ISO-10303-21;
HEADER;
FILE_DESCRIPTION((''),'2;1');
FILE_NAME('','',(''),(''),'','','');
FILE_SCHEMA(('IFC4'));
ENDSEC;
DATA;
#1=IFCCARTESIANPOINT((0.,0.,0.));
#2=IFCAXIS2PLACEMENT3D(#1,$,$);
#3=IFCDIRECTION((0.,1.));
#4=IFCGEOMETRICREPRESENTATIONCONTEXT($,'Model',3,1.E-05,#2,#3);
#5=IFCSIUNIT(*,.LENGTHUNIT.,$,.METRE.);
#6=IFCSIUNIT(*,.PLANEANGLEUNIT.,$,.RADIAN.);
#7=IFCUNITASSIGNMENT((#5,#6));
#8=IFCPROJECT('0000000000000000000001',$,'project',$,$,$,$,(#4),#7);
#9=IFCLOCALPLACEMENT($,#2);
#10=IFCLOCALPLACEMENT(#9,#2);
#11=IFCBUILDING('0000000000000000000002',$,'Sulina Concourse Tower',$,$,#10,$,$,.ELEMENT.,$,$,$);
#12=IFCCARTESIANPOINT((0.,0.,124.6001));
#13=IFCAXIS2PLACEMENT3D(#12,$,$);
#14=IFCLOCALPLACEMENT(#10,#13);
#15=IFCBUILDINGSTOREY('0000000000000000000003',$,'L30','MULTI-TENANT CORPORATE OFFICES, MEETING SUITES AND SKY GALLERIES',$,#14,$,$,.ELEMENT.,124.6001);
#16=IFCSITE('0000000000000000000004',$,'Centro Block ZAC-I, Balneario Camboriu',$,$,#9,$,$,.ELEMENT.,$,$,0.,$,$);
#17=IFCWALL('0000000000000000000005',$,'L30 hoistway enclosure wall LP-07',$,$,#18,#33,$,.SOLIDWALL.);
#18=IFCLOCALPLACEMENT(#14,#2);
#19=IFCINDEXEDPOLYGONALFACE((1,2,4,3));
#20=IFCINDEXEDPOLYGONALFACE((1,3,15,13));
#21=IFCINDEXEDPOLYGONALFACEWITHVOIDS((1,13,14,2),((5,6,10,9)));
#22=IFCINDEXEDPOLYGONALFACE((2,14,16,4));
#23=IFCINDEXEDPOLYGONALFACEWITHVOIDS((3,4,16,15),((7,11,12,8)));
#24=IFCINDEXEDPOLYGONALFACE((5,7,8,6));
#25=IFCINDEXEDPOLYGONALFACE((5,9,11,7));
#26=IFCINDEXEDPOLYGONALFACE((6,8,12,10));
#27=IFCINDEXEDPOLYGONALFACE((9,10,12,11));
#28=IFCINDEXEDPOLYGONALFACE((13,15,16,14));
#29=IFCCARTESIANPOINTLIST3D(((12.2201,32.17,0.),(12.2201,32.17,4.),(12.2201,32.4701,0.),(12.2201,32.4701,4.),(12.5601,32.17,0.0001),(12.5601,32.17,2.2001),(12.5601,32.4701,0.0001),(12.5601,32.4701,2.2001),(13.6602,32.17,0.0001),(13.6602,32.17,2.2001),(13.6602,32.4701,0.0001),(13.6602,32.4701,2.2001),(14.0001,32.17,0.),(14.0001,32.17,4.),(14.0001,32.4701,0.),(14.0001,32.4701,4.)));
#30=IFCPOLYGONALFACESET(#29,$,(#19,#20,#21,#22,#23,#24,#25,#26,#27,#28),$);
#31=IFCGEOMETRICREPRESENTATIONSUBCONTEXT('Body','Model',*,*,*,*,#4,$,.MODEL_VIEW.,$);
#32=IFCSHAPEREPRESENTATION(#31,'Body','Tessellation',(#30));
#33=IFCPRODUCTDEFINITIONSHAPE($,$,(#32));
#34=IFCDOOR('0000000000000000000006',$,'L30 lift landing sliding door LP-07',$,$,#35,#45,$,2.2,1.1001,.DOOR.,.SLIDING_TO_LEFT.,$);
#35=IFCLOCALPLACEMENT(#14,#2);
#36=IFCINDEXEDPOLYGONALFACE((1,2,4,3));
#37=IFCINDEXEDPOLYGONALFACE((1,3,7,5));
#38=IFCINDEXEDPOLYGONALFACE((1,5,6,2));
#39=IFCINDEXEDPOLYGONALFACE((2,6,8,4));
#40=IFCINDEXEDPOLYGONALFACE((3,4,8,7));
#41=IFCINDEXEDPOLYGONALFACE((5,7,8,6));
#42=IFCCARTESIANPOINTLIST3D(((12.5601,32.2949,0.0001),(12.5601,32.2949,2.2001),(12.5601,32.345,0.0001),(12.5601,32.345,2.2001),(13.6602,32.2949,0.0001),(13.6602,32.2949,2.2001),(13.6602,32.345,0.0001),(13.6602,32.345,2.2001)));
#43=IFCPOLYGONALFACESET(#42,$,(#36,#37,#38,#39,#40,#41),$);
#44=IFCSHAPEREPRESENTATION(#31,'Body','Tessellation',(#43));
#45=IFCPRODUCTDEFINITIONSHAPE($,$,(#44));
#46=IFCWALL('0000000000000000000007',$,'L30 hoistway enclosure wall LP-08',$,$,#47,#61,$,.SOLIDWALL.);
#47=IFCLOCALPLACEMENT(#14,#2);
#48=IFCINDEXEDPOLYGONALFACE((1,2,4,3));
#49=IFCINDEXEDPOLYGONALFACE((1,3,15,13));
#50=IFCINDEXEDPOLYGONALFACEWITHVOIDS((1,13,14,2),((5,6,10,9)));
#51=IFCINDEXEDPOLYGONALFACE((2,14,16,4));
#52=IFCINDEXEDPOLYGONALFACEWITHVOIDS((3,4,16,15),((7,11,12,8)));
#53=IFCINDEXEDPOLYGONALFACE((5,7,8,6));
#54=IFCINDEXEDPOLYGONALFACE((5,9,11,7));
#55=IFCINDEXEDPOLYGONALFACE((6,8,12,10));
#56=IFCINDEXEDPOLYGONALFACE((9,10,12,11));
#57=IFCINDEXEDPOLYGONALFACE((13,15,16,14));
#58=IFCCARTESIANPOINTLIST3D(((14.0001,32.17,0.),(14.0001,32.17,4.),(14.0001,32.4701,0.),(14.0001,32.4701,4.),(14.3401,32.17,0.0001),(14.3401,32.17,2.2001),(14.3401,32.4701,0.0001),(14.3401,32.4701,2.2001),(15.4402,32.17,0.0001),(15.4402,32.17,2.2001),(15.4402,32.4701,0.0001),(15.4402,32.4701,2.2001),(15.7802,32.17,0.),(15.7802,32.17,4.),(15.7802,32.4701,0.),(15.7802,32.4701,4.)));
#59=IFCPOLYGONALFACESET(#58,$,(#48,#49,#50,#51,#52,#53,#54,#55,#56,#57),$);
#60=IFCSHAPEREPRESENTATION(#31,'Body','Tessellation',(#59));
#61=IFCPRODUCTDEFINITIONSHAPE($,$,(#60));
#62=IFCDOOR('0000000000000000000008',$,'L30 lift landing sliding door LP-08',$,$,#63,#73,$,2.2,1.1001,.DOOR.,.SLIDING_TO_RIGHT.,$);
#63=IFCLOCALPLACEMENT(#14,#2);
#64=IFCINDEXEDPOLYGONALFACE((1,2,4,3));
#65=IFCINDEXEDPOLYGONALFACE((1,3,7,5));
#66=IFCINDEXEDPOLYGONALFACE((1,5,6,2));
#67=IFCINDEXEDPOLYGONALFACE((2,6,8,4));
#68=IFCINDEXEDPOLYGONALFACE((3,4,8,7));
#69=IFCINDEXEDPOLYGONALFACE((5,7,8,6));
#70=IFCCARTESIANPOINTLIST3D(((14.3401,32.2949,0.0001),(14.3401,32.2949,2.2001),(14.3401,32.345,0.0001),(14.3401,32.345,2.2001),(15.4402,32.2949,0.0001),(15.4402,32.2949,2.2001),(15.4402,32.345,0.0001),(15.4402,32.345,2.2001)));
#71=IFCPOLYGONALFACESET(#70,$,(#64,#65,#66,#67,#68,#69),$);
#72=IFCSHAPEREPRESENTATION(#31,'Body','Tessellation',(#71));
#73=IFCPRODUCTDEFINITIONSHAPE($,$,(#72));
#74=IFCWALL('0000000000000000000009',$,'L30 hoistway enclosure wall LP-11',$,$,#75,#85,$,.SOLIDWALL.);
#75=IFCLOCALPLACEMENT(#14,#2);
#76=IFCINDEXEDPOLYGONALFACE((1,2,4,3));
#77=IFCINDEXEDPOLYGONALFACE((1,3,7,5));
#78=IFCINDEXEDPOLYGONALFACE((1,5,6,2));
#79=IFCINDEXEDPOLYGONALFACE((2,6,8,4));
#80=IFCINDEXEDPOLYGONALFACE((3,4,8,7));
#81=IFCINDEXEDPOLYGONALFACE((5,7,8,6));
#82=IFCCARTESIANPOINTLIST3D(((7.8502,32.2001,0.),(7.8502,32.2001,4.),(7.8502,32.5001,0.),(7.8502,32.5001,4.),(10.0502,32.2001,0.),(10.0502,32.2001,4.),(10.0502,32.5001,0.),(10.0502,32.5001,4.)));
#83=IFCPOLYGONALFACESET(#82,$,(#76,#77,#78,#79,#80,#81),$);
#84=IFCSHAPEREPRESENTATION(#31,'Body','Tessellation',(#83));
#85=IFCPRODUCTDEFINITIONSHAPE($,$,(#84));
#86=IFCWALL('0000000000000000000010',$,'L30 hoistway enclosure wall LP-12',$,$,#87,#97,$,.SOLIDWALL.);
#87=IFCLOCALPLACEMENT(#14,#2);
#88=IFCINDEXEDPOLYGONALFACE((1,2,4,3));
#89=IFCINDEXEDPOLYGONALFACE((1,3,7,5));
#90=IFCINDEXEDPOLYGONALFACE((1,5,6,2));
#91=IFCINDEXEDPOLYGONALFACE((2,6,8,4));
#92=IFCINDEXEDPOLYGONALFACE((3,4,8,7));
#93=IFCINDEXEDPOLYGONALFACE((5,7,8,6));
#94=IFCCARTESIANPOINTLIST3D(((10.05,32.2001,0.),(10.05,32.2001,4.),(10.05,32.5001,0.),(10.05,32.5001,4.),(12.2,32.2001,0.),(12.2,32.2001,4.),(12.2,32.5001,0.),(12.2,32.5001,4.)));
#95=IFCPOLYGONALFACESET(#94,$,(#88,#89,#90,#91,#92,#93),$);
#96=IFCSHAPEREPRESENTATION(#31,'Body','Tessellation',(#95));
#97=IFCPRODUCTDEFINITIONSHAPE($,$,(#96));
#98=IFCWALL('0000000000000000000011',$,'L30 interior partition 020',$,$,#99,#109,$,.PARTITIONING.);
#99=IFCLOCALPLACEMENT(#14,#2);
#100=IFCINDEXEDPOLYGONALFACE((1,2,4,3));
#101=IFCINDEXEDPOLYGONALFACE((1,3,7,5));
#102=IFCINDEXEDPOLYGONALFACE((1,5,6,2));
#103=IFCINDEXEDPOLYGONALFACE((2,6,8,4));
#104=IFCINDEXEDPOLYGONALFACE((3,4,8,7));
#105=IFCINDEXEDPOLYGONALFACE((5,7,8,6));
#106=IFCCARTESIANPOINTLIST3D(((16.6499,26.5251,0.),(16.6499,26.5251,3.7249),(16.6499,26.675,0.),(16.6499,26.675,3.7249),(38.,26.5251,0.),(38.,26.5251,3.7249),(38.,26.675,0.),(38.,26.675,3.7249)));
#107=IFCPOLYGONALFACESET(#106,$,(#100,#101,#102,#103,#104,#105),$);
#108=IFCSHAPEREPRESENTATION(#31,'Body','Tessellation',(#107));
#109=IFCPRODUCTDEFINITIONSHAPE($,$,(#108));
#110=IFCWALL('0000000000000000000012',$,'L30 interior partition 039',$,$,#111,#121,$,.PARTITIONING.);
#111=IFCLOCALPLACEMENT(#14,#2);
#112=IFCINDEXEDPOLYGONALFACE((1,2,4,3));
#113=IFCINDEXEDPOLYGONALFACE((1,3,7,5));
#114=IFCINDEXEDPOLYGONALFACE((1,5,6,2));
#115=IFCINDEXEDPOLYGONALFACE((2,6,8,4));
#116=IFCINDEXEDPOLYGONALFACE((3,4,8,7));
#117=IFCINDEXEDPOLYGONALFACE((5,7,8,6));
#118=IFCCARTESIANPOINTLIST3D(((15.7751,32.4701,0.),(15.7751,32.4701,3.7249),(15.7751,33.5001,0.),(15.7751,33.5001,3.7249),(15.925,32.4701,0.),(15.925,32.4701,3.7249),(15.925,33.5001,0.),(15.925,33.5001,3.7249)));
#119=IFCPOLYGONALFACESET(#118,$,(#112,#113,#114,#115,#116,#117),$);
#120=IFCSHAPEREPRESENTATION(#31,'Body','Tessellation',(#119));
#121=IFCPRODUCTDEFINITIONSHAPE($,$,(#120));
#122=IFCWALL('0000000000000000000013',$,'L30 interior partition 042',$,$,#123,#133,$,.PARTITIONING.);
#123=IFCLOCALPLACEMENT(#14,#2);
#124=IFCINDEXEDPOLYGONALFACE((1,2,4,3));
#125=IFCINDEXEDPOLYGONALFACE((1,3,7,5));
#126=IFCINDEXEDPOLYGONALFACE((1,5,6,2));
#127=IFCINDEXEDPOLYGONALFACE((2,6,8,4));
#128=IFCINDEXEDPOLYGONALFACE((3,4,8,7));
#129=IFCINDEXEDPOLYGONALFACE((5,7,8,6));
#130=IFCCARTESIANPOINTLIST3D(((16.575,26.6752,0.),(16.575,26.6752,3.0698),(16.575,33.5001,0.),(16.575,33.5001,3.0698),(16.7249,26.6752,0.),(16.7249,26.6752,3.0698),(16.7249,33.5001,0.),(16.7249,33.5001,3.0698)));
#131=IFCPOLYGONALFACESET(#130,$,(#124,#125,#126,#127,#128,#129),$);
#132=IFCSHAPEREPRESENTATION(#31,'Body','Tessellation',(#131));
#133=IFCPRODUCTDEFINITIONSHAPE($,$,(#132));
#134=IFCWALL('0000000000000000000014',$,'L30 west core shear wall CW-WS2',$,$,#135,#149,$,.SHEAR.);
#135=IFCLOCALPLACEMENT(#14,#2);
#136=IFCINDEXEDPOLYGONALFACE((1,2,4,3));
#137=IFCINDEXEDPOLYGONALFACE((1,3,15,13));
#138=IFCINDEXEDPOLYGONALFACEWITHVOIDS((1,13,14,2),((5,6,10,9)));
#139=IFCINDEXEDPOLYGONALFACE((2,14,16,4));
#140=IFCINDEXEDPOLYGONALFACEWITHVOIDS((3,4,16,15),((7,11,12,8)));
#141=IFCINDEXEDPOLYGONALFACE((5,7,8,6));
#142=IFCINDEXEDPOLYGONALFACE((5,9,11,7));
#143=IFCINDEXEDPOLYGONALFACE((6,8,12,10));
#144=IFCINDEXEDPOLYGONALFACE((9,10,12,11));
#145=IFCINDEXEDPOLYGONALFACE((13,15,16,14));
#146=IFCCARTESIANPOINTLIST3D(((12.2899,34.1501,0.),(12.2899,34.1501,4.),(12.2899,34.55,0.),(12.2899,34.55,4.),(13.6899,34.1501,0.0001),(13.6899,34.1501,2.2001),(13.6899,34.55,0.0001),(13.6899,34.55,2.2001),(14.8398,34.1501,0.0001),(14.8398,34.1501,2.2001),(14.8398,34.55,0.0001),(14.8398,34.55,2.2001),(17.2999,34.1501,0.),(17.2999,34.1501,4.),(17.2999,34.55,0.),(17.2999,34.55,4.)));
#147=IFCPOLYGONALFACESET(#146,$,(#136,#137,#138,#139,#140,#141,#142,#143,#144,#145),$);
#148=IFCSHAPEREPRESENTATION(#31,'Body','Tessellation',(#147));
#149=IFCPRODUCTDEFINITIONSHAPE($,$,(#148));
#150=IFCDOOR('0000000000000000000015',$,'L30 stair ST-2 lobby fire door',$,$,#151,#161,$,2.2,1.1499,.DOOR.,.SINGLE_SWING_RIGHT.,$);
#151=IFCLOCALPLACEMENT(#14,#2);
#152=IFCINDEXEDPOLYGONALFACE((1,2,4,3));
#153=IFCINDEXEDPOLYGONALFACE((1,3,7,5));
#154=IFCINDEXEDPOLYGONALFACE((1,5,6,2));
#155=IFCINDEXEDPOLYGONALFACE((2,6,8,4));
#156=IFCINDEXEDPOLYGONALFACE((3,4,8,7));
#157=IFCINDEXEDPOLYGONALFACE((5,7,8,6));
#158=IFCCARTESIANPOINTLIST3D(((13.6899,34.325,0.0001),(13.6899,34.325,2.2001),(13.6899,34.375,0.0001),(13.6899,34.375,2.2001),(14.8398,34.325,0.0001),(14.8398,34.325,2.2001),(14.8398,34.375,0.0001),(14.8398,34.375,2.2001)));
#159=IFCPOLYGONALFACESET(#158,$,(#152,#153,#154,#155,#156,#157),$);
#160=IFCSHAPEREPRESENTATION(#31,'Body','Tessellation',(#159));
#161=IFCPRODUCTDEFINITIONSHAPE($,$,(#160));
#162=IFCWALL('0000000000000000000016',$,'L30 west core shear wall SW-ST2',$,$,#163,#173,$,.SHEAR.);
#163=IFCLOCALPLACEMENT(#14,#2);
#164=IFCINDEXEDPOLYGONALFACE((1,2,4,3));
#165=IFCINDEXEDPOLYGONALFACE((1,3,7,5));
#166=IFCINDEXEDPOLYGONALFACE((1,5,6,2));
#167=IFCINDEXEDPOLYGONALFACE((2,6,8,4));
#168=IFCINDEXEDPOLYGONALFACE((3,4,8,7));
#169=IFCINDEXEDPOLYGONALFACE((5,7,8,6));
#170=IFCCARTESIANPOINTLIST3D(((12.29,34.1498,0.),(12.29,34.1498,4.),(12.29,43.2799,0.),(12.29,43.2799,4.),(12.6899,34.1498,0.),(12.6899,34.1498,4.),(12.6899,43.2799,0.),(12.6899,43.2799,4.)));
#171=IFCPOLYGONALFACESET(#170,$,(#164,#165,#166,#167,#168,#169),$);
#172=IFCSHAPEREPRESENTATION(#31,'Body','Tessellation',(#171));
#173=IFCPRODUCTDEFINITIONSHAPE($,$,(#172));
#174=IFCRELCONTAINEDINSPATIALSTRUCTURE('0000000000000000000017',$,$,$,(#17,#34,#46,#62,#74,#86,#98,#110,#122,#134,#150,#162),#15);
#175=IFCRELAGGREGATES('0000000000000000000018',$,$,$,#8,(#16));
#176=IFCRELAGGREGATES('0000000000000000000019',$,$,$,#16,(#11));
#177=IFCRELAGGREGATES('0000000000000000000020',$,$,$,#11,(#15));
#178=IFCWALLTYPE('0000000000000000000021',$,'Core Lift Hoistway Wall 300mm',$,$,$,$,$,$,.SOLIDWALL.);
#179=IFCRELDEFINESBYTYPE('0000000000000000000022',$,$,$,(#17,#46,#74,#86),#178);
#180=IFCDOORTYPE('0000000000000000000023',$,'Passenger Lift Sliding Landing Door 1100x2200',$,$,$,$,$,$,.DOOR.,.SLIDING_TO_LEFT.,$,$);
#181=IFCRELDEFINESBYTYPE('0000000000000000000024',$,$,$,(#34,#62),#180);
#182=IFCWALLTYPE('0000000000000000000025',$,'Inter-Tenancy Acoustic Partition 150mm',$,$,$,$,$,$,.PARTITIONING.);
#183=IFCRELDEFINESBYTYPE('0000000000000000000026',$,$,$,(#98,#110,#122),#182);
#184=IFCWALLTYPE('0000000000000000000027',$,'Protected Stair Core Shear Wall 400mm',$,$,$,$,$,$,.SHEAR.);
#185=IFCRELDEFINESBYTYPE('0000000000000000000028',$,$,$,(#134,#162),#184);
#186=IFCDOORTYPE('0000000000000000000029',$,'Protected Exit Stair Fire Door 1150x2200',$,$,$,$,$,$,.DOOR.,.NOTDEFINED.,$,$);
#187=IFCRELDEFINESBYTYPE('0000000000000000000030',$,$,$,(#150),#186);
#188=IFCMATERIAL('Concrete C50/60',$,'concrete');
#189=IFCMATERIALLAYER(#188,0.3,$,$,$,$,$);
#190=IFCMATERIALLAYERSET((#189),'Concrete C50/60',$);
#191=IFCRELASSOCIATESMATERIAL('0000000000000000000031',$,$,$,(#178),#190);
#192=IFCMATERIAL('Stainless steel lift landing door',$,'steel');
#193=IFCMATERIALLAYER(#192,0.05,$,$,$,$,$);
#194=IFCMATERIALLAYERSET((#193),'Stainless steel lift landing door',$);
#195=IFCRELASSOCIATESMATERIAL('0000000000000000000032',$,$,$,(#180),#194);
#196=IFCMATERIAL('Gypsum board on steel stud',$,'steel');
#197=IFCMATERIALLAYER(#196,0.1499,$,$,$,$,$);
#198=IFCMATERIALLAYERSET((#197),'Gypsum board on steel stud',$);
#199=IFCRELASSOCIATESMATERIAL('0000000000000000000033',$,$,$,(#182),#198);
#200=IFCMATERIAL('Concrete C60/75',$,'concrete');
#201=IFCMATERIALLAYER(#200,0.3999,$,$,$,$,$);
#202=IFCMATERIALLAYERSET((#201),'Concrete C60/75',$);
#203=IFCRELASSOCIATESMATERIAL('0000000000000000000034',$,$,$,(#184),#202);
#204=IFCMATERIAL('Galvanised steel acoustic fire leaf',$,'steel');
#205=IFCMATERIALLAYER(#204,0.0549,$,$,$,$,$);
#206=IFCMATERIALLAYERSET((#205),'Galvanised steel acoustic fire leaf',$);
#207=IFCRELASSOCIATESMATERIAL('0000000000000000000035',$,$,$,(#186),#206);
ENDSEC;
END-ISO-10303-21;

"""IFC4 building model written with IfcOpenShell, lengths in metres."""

from ifc_helpers import new_model, si_unit, direction, frame, frame_2d, origin, place, context, subcontext, project, spatial, rectangle, extrude, material, layer, layer_set, type_object, element, fill, save


model = new_model("IFC4")

# Units and contexts
model_context = context("Model", 3, precision=1e-05, world=origin(), true_north=direction((0.0, 1.0)))
body_context = subcontext(model_context, "Body", "Model", "MODEL_VIEW")
ifc_project = project(units=[si_unit("LENGTHUNIT", "METRE"), si_unit("PLANEANGLEUNIT", "RADIAN")], contexts=[model_context])

# Site, building, storey
site_placement = place(None, origin())
site = spatial("IfcSite", under=ifc_project, at=site_placement, Name="Centro Block ZAC-I, Balneario Camboriu", CompositionType="ELEMENT", RefElevation=0.0)
building_placement = place(site_placement, origin())
building = spatial("IfcBuilding", under=site, at=building_placement, Name="Sulina Concourse Tower", CompositionType="ELEMENT")
storey_placement = place(building_placement, frame((0.0, 0.0, 124.6001)))
storey = spatial("IfcBuildingStorey", under=building, at=storey_placement, Name="L30", Description="MULTI-TENANT CORPORATE OFFICES, MEETING SUITES AND SKY GALLERIES", CompositionType="ELEMENT", Elevation=124.6001)

# Walls, openings, doors
ifc_material_1 = material(Name="Concrete C50/60", Category="concrete")
ifc_layer_1 = layer(ifc_material_1, 0.3)
ifc_layer_set_1 = layer_set([ifc_layer_1], Name="Concrete C50/60")
wall_type_1 = type_object("IfcWallType", Name="Core Lift Hoistway Wall 300mm", PredefinedType="SOLIDWALL", material=ifc_layer_set_1)
ifc_material_2 = material(Name="Stainless steel lift landing door", Category="steel")
ifc_layer_2 = layer(ifc_material_2, 0.05)
ifc_layer_set_2 = layer_set([ifc_layer_2], Name="Stainless steel lift landing door")
door_type_1 = type_object("IfcDoorType", Name="Passenger Lift Sliding Landing Door 1100x2200", OperationType="SLIDING_TO_LEFT", PredefinedType="DOOR", material=ifc_layer_set_2)
wall_1_placement = place(storey_placement, frame((12.22, 32.3201, 0.0), z_axis=(0.0, 0.0, 1.0), x_axis=(1.0, 0.0, 0.0)))
wall_1 = element("IfcWall", 1, at=wall_1_placement, inside=storey, type_object=wall_type_1, Name="L30 hoistway enclosure wall LP-07", PredefinedType="SOLIDWALL", context=body_context, shape_type="SweptSolid", body=[
    extrude(rectangle(XDim=1.78, YDim=0.3, at=frame_2d((0.8901, 0.0))), origin(), (0.0, 0.0, 1.0), 4.0),
])
opening_1_placement = place(wall_1_placement, frame((0.3401, 0.0, 0.0)))
opening_1 = element("IfcOpeningElement", 2, at=opening_1_placement, cuts=wall_1, PredefinedType="OPENING", context=body_context, shape_type="SweptSolid", body=[
    extrude(rectangle(XDim=1.1001, YDim=2.2, at=frame_2d((0.55, 1.1001))), frame((0.0, 0.1599, 0.0), z_axis=(0.0, -1.0, 0.0), x_axis=(1.0, 0.0, 0.0)), (0.0, 0.0, 1.0), 0.3201),
])
door_1_placement = place(opening_1_placement, origin())
door_1 = element("IfcDoor", 3, at=door_1_placement, inside=storey, type_object=door_type_1, Name="L30 lift landing sliding door LP-07", OperationType="SLIDING_TO_LEFT", OverallHeight=2.2, OverallWidth=1.1001, PredefinedType="DOOR", context=body_context, shape_type="SweptSolid", body=[
    extrude(rectangle(XDim=1.1001, YDim=2.2, at=frame_2d((0.55, 1.1001))), frame((0.0, 0.0249, 0.0), z_axis=(0.0, -1.0, 0.0), x_axis=(1.0, 0.0, 0.0)), (0.0, 0.0, 1.0), 0.05),
])
fill(opening_1, door_1)
wall_2_placement = place(storey_placement, frame((14.0, 32.3201, 0.0), z_axis=(0.0, 0.0, 1.0), x_axis=(1.0, 0.0, 0.0)))
wall_2 = element("IfcWall", 4, at=wall_2_placement, inside=storey, type_object=wall_type_1, Name="L30 hoistway enclosure wall LP-08", PredefinedType="SOLIDWALL", context=body_context, shape_type="SweptSolid", body=[
    extrude(rectangle(XDim=1.78, YDim=0.3, at=frame_2d((0.8901, 0.0))), origin(), (0.0, 0.0, 1.0), 4.0),
])
opening_2_placement = place(wall_2_placement, frame((0.3401, 0.0, 0.0)))
opening_2 = element("IfcOpeningElement", 5, at=opening_2_placement, cuts=wall_2, PredefinedType="OPENING", context=body_context, shape_type="SweptSolid", body=[
    extrude(rectangle(XDim=1.1001, YDim=2.2, at=frame_2d((0.55, 1.1001))), frame((0.0, 0.1599, 0.0), z_axis=(0.0, -1.0, 0.0), x_axis=(1.0, 0.0, 0.0)), (0.0, 0.0, 1.0), 0.3201),
])
door_2_placement = place(opening_2_placement, origin())
door_2 = element("IfcDoor", 6, at=door_2_placement, inside=storey, type_object=door_type_1, Name="L30 lift landing sliding door LP-08", OperationType="SLIDING_TO_RIGHT", OverallHeight=2.2, OverallWidth=1.1001, PredefinedType="DOOR", context=body_context, shape_type="SweptSolid", body=[
    extrude(rectangle(XDim=1.1001, YDim=2.2, at=frame_2d((0.55, 1.1001))), frame((0.0, 0.0249, 0.0), z_axis=(0.0, -1.0, 0.0), x_axis=(1.0, 0.0, 0.0)), (0.0, 0.0, 1.0), 0.05),
])
fill(opening_2, door_2)

# Walls
wall_3_placement = place(storey_placement, frame((7.8501, 32.3501, 0.0), z_axis=(0.0, 0.0, 1.0), x_axis=(1.0, 0.0, 0.0)))
element("IfcWall", 7, at=wall_3_placement, inside=storey, type_object=wall_type_1, Name="L30 hoistway enclosure wall LP-11", PredefinedType="SOLIDWALL", context=body_context, shape_type="SweptSolid", body=[
    extrude(rectangle(XDim=2.2, YDim=0.3, at=frame_2d((1.1001, 0.0))), origin(), (0.0, 0.0, 1.0), 4.0),
])
wall_4_placement = place(storey_placement, frame((10.05, 32.3501, 0.0), z_axis=(0.0, 0.0, 1.0), x_axis=(1.0, 0.0, 0.0)))
element("IfcWall", 8, at=wall_4_placement, inside=storey, type_object=wall_type_1, Name="L30 hoistway enclosure wall LP-12", PredefinedType="SOLIDWALL", context=body_context, shape_type="SweptSolid", body=[
    extrude(rectangle(XDim=2.1499, YDim=0.3, at=frame_2d((1.075, 0.0))), origin(), (0.0, 0.0, 1.0), 4.0),
])
ifc_material_3 = material(Name="Gypsum board on steel stud", Category="steel")
ifc_layer_3 = layer(ifc_material_3, 0.1499)
ifc_layer_set_3 = layer_set([ifc_layer_3], Name="Gypsum board on steel stud")
wall_type_2 = type_object("IfcWallType", Name="Inter-Tenancy Acoustic Partition 150mm", PredefinedType="PARTITIONING", material=ifc_layer_set_3)
wall_5_placement = place(storey_placement, frame((16.6499, 26.6001, 0.0), z_axis=(0.0, 0.0, 1.0), x_axis=(1.0, 0.0, 0.0)))
element("IfcWall", 9, at=wall_5_placement, inside=storey, type_object=wall_type_2, Name="L30 interior partition 020", PredefinedType="PARTITIONING", context=body_context, shape_type="SweptSolid", body=[
    extrude(rectangle(XDim=21.3501, YDim=0.1499, at=frame_2d((10.675, 0.0))), origin(), (0.0, 0.0, 1.0), 3.7249),
])
wall_6_placement = place(storey_placement, frame((15.8501, 32.47, 0.0), z_axis=(0.0, 0.0, 1.0), x_axis=(0.0, 1.0, 0.0)))
element("IfcWall", 10, at=wall_6_placement, inside=storey, type_object=wall_type_2, Name="L30 interior partition 039", PredefinedType="PARTITIONING", context=body_context, shape_type="SweptSolid", body=[
    extrude(rectangle(XDim=1.03, YDim=0.1499, at=frame_2d((0.5151, 0.0))), origin(), (0.0, 0.0, 1.0), 3.7249),
])
wall_7_placement = place(storey_placement, frame((16.6499, 26.675, 0.0), z_axis=(0.0, 0.0, 1.0), x_axis=(0.0, 1.0, 0.0)))
element("IfcWall", 11, at=wall_7_placement, inside=storey, type_object=wall_type_2, Name="L30 interior partition 042", PredefinedType="PARTITIONING", context=body_context, shape_type="SweptSolid", body=[
    extrude(rectangle(XDim=6.825, YDim=0.1499, at=frame_2d((3.4126, 0.0))), origin(), (0.0, 0.0, 1.0), 3.0698),
])

# Wall, opening, door
ifc_material_4 = material(Name="Concrete C60/75", Category="concrete")
ifc_layer_4 = layer(ifc_material_4, 0.3999)
ifc_layer_set_4 = layer_set([ifc_layer_4], Name="Concrete C60/75")
wall_type_3 = type_object("IfcWallType", Name="Protected Stair Core Shear Wall 400mm", PredefinedType="SHEAR", material=ifc_layer_set_4)
wall_8_placement = place(storey_placement, frame((12.29, 34.3501, 0.0), z_axis=(0.0, 0.0, 1.0), x_axis=(1.0, 0.0, 0.0)))
wall_8 = element("IfcWall", 12, at=wall_8_placement, inside=storey, type_object=wall_type_3, Name="L30 west core shear wall CW-WS2", PredefinedType="SHEAR", context=body_context, shape_type="SweptSolid", body=[
    extrude(rectangle(XDim=5.01, YDim=0.3999, at=frame_2d((2.5049, 0.0))), origin(), (0.0, 0.0, 1.0), 4.0),
])
opening_3_placement = place(wall_8_placement, frame((1.3999, 0.0, 0.0)))
opening_3 = element("IfcOpeningElement", 13, at=opening_3_placement, cuts=wall_8, PredefinedType="OPENING", context=body_context, shape_type="SweptSolid", body=[
    extrude(rectangle(XDim=1.1499, YDim=2.2, at=frame_2d((0.575, 1.1001))), frame((0.0, 0.21, 0.0), z_axis=(0.0, -1.0, 0.0), x_axis=(1.0, 0.0, 0.0)), (0.0, 0.0, 1.0), 0.4199),
])
ifc_material_5 = material(Name="Galvanised steel acoustic fire leaf", Category="steel")
ifc_layer_5 = layer(ifc_material_5, 0.0549)
ifc_layer_set_5 = layer_set([ifc_layer_5], Name="Galvanised steel acoustic fire leaf")
door_type_2 = type_object("IfcDoorType", Name="Protected Exit Stair Fire Door 1150x2200", OperationType="NOTDEFINED", PredefinedType="DOOR", material=ifc_layer_set_5)
door_3_placement = place(opening_3_placement, origin())
door_3 = element("IfcDoor", 14, at=door_3_placement, inside=storey, type_object=door_type_2, Name="L30 stair ST-2 lobby fire door", OperationType="SINGLE_SWING_RIGHT", OverallHeight=2.2, OverallWidth=1.1499, PredefinedType="DOOR", context=body_context, shape_type="SweptSolid", body=[
    extrude(rectangle(XDim=1.1499, YDim=2.2, at=frame_2d((0.575, 1.1001))), frame((0.0, 0.0249, 0.0), z_axis=(0.0, -1.0, 0.0), x_axis=(1.0, 0.0, 0.0)), (0.0, 0.0, 1.0), 0.05),
])
fill(opening_3, door_3)

# Wall
wall_9_placement = place(storey_placement, frame((12.49, 34.1499, 0.0), z_axis=(0.0, 0.0, 1.0), x_axis=(0.0, 1.0, 0.0)))
element("IfcWall", 15, at=wall_9_placement, inside=storey, type_object=wall_type_3, Name="L30 west core shear wall SW-ST2", PredefinedType="SHEAR", context=body_context, shape_type="SweptSolid", body=[
    extrude(rectangle(XDim=9.1301, YDim=0.3999, at=frame_2d((4.5649, 0.0))), origin(), (0.0, 0.0, 1.0), 4.0),
])

save(model, "model.ifc")
